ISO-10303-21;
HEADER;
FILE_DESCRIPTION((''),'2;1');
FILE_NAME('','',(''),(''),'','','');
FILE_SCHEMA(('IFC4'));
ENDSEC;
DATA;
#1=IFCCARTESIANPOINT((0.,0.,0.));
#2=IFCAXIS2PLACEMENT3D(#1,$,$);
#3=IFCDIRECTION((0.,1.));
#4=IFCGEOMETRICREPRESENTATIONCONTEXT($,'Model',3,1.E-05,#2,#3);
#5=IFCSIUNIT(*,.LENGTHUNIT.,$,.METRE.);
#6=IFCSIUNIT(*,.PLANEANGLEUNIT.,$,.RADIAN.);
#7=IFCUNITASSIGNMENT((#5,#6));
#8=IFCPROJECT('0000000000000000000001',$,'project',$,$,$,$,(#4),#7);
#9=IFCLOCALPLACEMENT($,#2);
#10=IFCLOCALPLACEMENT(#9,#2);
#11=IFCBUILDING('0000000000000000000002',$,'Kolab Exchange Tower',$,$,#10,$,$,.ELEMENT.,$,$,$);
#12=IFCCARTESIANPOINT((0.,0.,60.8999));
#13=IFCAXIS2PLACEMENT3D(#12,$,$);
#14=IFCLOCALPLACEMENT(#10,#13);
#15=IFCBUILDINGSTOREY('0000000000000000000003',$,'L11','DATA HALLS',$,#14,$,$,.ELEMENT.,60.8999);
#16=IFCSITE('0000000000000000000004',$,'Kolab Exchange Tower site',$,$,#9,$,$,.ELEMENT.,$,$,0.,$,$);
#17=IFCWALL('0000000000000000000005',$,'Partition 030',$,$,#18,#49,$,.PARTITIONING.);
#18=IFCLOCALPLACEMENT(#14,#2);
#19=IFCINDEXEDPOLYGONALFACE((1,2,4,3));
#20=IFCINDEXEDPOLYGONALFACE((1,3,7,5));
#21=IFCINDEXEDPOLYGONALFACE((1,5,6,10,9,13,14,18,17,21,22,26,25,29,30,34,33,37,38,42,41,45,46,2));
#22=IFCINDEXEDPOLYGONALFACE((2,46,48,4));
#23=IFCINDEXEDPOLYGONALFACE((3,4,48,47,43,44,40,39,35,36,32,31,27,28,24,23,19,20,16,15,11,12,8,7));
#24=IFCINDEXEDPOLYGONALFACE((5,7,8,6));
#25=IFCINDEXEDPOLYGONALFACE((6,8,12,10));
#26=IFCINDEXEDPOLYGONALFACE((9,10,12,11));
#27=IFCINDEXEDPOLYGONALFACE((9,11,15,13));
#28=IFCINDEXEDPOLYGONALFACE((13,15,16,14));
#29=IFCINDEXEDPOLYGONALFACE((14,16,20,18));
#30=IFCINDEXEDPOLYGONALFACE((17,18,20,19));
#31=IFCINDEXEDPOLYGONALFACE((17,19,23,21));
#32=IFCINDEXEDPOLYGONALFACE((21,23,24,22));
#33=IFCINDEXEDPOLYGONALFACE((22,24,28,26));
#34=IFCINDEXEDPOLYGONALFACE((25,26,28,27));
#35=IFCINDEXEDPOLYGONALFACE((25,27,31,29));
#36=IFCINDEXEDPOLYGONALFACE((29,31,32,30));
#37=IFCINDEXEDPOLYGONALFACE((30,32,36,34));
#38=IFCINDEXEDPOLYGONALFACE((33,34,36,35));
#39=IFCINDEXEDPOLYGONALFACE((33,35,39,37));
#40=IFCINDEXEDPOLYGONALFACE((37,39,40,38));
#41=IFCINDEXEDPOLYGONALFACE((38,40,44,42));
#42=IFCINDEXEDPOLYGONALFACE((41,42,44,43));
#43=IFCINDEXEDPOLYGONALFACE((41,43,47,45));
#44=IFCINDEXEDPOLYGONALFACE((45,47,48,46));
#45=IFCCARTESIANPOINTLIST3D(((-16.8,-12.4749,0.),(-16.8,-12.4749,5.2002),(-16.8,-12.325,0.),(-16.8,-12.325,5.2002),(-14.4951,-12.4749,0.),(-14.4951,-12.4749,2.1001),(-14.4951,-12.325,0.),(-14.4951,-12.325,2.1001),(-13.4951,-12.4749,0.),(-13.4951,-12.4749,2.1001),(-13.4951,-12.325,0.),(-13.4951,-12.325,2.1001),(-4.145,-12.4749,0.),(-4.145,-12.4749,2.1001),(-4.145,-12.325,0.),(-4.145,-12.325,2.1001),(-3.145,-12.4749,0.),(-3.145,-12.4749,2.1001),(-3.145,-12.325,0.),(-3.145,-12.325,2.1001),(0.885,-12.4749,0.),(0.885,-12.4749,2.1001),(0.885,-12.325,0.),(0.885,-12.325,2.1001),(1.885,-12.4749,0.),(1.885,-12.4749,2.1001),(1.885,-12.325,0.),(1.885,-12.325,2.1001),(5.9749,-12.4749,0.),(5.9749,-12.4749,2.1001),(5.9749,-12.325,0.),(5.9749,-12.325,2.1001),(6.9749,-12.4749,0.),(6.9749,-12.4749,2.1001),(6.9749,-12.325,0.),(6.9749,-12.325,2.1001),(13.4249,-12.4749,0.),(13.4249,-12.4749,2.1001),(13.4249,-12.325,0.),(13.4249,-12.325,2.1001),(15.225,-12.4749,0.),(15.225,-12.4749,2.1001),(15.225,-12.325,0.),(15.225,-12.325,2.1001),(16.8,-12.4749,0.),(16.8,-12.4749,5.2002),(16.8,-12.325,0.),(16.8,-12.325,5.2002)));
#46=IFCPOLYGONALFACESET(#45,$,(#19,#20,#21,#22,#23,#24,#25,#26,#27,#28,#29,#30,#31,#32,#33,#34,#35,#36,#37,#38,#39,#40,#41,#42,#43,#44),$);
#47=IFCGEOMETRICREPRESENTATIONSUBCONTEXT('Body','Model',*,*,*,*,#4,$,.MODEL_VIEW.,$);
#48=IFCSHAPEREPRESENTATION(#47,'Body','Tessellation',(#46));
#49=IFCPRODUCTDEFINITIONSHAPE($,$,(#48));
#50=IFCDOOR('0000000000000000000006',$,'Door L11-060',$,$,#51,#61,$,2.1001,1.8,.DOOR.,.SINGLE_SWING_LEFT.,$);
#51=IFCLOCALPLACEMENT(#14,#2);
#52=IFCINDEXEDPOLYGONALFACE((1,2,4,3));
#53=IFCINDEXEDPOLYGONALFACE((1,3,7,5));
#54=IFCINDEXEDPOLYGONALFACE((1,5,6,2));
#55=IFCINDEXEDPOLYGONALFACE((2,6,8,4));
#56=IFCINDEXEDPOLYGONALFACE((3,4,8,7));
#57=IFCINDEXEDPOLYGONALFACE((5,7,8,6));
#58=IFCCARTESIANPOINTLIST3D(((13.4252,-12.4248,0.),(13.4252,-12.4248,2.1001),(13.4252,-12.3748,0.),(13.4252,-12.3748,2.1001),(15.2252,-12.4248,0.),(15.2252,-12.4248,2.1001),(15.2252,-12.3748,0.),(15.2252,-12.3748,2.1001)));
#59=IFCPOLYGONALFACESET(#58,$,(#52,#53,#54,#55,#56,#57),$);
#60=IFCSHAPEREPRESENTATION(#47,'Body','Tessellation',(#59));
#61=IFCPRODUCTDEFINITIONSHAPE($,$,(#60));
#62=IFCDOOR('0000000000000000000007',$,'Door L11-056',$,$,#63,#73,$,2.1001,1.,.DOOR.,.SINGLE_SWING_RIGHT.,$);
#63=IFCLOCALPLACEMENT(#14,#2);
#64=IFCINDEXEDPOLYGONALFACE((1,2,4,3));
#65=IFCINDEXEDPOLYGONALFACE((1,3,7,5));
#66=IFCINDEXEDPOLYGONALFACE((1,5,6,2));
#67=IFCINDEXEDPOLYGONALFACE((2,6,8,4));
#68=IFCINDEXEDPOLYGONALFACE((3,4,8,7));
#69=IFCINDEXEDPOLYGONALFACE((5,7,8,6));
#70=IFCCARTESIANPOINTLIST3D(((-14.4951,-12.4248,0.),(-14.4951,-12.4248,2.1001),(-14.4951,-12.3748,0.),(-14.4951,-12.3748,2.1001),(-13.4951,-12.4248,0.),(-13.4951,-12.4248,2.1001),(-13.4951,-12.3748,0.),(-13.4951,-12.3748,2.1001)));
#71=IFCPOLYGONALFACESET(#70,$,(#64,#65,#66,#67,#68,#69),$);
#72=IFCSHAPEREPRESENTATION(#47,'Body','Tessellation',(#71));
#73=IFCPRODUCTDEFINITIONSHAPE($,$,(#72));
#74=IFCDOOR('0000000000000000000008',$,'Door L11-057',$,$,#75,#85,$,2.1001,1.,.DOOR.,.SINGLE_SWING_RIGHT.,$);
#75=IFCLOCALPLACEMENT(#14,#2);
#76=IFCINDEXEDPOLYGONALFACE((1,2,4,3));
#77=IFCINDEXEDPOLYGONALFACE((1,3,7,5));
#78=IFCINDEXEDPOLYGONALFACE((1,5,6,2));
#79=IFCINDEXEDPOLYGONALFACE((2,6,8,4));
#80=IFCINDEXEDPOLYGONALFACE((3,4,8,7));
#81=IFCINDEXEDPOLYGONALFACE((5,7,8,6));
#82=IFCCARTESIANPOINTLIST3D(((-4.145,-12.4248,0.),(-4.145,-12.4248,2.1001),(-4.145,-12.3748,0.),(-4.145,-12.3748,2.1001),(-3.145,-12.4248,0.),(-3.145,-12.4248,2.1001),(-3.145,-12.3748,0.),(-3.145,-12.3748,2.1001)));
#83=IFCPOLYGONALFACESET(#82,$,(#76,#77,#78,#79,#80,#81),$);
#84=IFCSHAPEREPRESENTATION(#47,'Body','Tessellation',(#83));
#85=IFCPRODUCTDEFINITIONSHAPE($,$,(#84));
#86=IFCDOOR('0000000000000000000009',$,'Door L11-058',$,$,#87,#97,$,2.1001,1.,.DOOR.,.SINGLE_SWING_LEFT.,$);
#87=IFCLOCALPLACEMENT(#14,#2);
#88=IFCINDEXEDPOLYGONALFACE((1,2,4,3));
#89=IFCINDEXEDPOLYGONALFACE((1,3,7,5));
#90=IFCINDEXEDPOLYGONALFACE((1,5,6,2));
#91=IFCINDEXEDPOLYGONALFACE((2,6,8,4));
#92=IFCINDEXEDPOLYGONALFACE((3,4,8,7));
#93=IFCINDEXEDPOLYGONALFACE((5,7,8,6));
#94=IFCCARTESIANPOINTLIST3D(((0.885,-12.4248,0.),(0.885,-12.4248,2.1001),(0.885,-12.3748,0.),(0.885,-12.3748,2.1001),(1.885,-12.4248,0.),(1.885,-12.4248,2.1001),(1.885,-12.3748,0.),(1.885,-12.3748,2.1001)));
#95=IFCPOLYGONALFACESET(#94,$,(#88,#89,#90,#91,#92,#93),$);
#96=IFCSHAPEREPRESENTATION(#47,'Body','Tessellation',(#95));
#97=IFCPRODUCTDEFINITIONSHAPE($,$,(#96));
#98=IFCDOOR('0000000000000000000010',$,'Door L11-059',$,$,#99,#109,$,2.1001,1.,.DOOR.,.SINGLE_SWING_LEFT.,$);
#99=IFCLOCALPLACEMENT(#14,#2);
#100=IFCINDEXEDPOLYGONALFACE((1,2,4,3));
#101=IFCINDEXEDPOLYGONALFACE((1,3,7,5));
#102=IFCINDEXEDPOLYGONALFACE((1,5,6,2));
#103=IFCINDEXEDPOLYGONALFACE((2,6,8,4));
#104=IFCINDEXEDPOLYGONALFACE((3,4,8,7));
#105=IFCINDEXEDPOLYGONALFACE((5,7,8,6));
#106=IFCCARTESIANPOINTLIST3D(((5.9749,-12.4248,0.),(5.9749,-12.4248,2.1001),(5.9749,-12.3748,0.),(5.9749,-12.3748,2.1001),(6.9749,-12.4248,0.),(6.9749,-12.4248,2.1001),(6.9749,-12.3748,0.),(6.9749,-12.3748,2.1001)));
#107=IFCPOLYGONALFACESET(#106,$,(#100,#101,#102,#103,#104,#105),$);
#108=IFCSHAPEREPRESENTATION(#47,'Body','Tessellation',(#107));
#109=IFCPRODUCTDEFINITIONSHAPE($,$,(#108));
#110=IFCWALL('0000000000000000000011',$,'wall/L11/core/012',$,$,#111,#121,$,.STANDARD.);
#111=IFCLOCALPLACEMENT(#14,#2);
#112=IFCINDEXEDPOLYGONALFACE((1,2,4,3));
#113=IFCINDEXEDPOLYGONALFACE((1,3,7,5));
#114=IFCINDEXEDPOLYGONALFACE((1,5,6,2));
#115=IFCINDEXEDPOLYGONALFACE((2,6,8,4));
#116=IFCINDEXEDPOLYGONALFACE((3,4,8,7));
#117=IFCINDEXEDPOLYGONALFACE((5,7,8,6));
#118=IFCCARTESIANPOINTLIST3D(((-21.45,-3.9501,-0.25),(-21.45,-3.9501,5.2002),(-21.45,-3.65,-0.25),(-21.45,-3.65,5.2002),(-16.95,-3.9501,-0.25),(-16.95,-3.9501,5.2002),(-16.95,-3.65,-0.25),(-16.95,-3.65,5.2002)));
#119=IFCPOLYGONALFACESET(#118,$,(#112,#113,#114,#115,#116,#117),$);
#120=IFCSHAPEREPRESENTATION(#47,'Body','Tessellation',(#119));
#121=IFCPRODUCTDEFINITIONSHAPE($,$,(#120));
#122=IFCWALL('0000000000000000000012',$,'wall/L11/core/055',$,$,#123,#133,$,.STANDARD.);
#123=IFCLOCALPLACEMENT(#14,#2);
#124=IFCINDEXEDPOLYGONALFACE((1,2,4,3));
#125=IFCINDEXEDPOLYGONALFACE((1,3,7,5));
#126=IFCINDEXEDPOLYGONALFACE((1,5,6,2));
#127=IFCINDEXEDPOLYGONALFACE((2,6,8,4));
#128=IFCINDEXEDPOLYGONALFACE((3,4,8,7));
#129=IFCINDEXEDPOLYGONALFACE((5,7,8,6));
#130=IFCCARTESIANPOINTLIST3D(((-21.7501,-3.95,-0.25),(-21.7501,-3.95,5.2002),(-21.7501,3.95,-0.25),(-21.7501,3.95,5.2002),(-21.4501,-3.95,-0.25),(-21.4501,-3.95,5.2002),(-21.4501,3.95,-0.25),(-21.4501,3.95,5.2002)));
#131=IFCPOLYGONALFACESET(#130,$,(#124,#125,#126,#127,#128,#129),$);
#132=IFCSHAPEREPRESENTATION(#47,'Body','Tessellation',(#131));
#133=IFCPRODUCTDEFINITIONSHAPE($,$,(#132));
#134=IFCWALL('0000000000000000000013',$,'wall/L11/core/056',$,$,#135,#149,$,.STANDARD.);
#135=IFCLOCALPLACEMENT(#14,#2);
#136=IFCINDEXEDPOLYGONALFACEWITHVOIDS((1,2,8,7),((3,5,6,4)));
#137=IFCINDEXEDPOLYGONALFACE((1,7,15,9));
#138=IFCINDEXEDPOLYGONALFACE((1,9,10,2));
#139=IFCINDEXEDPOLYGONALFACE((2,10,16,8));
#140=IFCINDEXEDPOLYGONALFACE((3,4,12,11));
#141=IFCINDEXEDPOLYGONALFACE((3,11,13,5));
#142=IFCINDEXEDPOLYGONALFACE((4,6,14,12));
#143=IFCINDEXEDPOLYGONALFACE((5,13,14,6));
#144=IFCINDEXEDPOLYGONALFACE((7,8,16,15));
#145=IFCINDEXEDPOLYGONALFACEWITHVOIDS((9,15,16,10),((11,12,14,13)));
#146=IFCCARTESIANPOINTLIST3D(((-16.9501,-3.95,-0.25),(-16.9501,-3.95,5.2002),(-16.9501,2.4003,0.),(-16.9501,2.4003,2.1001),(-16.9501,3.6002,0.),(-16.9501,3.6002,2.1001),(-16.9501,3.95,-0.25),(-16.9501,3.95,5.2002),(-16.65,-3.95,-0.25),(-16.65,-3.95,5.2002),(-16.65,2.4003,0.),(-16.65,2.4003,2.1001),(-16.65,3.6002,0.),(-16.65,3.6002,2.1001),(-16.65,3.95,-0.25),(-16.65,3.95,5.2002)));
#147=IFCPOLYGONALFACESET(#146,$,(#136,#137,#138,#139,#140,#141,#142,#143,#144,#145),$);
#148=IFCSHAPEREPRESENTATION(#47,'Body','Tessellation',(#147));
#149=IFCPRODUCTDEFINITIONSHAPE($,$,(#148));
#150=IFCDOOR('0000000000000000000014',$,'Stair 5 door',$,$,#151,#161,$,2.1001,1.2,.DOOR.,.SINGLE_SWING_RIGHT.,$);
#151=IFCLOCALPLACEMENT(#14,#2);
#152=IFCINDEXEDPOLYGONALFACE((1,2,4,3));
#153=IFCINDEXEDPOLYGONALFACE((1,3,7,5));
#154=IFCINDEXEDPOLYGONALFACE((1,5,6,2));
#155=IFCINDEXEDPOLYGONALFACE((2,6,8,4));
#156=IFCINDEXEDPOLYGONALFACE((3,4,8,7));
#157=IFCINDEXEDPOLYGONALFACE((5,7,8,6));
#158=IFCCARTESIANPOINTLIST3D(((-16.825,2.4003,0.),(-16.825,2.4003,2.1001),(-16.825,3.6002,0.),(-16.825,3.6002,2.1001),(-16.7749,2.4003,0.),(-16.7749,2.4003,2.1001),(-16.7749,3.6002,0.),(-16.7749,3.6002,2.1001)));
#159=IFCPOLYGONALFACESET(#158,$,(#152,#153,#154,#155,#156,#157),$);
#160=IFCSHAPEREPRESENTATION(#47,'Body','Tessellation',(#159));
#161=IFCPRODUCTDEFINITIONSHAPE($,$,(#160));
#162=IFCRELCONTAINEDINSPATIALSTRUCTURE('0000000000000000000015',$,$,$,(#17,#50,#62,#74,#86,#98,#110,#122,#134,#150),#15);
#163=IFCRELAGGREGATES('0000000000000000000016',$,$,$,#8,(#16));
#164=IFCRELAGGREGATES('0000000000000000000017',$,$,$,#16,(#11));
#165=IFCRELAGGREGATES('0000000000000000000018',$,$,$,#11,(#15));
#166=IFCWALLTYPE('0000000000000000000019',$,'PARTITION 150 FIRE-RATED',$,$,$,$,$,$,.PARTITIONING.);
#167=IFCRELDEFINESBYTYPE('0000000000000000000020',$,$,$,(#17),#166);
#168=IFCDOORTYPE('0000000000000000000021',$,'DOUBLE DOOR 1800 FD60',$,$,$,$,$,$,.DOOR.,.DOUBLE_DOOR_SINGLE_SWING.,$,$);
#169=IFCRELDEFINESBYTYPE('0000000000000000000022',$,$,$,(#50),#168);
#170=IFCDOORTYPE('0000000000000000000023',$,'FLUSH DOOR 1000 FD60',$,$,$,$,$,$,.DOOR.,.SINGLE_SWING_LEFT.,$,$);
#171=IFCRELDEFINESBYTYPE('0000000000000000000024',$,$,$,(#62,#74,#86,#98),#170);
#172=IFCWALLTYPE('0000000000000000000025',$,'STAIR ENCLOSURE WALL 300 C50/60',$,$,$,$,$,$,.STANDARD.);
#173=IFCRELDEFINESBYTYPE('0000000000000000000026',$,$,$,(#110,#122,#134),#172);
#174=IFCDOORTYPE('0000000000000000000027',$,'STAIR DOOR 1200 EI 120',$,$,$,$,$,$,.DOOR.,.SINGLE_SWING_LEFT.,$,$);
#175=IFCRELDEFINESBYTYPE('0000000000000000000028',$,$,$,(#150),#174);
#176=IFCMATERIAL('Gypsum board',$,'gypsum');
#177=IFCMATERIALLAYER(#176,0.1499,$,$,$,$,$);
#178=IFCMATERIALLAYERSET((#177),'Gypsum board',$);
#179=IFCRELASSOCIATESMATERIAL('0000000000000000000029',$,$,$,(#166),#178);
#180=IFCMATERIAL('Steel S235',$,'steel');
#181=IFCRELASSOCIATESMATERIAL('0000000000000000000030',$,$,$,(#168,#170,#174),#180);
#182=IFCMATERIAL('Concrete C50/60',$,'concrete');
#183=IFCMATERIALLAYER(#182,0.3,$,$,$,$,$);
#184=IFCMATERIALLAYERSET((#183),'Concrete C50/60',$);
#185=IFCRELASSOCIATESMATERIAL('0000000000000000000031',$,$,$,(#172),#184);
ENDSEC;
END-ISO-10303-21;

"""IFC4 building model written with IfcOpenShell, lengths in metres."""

from ifc_helpers import new_model, si_unit, direction, frame, frame_2d, origin, place, context, subcontext, project, spatial, rectangle, extrude, material, layer, layer_set, type_object, element, fill, save


model = new_model("IFC4")

# Units and contexts
model_context = context("Model", 3, precision=1e-05, world=origin(), true_north=direction((0.0, 1.0)))
body_context = subcontext(model_context, "Body", "Model", "MODEL_VIEW")
ifc_project = project(units=[si_unit("LENGTHUNIT", "METRE"), si_unit("PLANEANGLEUNIT", "RADIAN")], contexts=[model_context])

# Site, building, storey
site_placement = place(None, origin())
site = spatial("IfcSite", under=ifc_project, at=site_placement, Name="Kolab Exchange Tower site", CompositionType="ELEMENT", RefElevation=0.0)
building_placement = place(site_placement, origin())
building = spatial("IfcBuilding", under=site, at=building_placement, Name="Kolab Exchange Tower", CompositionType="ELEMENT")
storey_placement = place(building_placement, frame((0.0, 0.0, 60.8999)))
storey = spatial("IfcBuildingStorey", under=building, at=storey_placement, Name="L11", Description="DATA HALLS", CompositionType="ELEMENT", Elevation=60.8999)

# Shared definitions
ifc_material_1 = material(Name="Gypsum board", Category="gypsum")

# Shared definitions
ifc_layer_1 = layer(ifc_material_1, 0.1499)
ifc_layer_set_1 = layer_set([ifc_layer_1], Name="Gypsum board")
wall_type_1 = type_object("IfcWallType", Name="PARTITION 150 FIRE-RATED", PredefinedType="PARTITIONING", material=ifc_layer_set_1)
ifc_material_2 = material(Name="Steel S235", Category="steel")
door_type_1 = type_object("IfcDoorType", Name="DOUBLE DOOR 1800 FD60", OperationType="DOUBLE_DOOR_SINGLE_SWING", PredefinedType="DOOR", material=ifc_material_2)

# Wall, openings, doors
wall_1_placement = place(storey_placement, frame((-16.8, -12.3999, 0.0), z_axis=(0.0, 0.0, 1.0), x_axis=(1.0, 0.0, 0.0)))
wall_1 = element("IfcWall", 1, at=wall_1_placement, inside=storey, type_object=wall_type_1, Name="Partition 030", PredefinedType="PARTITIONING", context=body_context, shape_type="SweptSolid", body=[
    extrude(rectangle(XDim=33.6001, YDim=0.1499, at=frame_2d((16.8, 0.0))), origin(), (0.0, 0.0, 1.0), 5.2002),
])
opening_1_placement = place(wall_1_placement, frame((2.3049, 0.0, 0.0)))
opening_1 = element("IfcOpeningElement", 2, at=opening_1_placement, cuts=wall_1, PredefinedType="OPENING", context=body_context, shape_type="SweptSolid", body=[
    extrude(rectangle(XDim=1.0, YDim=2.1001, at=frame_2d((0.5, 1.05))), frame((0.0, 0.085, 0.0), z_axis=(0.0, -1.0, 0.0), x_axis=(1.0, 0.0, 0.0)), (0.0, 0.0, 1.0), 0.1699),
])
opening_2_placement = place(wall_1_placement, frame((12.655, 0.0, 0.0)))
opening_2 = element("IfcOpeningElement", 3, at=opening_2_placement, cuts=wall_1, PredefinedType="OPENING", context=body_context, shape_type="SweptSolid", body=[
    extrude(rectangle(XDim=1.0, YDim=2.1001, at=frame_2d((0.5, 1.05))), frame((0.0, 0.085, 0.0), z_axis=(0.0, -1.0, 0.0), x_axis=(1.0, 0.0, 0.0)), (0.0, 0.0, 1.0), 0.1699),
])
opening_3_placement = place(wall_1_placement, frame((17.6851, 0.0, 0.0)))
opening_3 = element("IfcOpeningElement", 4, at=opening_3_placement, cuts=wall_1, PredefinedType="OPENING", context=body_context, shape_type="SweptSolid", body=[
    extrude(rectangle(XDim=1.0, YDim=2.1001, at=frame_2d((0.5, 1.05))), frame((0.0, 0.085, 0.0), z_axis=(0.0, -1.0, 0.0), x_axis=(1.0, 0.0, 0.0)), (0.0, 0.0, 1.0), 0.1699),
])
opening_4_placement = place(wall_1_placement, frame((22.7749, 0.0, 0.0)))
opening_4 = element("IfcOpeningElement", 5, at=opening_4_placement, cuts=wall_1, PredefinedType="OPENING", context=body_context, shape_type="SweptSolid", body=[
    extrude(rectangle(XDim=1.0, YDim=2.1001, at=frame_2d((0.5, 1.05))), frame((0.0, 0.085, 0.0), z_axis=(0.0, -1.0, 0.0), x_axis=(1.0, 0.0, 0.0)), (0.0, 0.0, 1.0), 0.1699),
])
opening_5_placement = place(wall_1_placement, frame((30.2251, 0.0, 0.0)))
opening_5 = element("IfcOpeningElement", 6, at=opening_5_placement, cuts=wall_1, PredefinedType="OPENING", context=body_context, shape_type="SweptSolid", body=[
    extrude(rectangle(XDim=1.8, YDim=2.1001, at=frame_2d((0.8999, 1.05))), frame((0.0, 0.085, 0.0), z_axis=(0.0, -1.0, 0.0), x_axis=(1.0, 0.0, 0.0)), (0.0, 0.0, 1.0), 0.1699),
])
door_1_placement = place(opening_5_placement, frame((1.8, 0.0, 0.0), z_axis=(0.0, 0.0, 1.0), x_axis=(-1.0, 0.0, 0.0)))
door_1 = element("IfcDoor", 7, at=door_1_placement, inside=storey, type_object=door_type_1, Name="Door L11-060", OperationType="SINGLE_SWING_LEFT", OverallHeight=2.1001, OverallWidth=1.8, PredefinedType="DOOR", context=body_context, shape_type="SweptSolid", body=[
    extrude(rectangle(XDim=1.8, YDim=2.1001, at=frame_2d((0.8999, 1.05))), frame((0.0, 0.0249, 0.0), z_axis=(0.0, -1.0, 0.0), x_axis=(1.0, 0.0, 0.0)), (0.0, 0.0, 1.0), 0.05),
])
fill(opening_5, door_1)
door_type_2 = type_object("IfcDoorType", Name="FLUSH DOOR 1000 FD60", OperationType="SINGLE_SWING_LEFT", PredefinedType="DOOR", material=ifc_material_2)
door_2_placement = place(opening_1_placement, frame((1.0, 0.0, 0.0), z_axis=(0.0, 0.0, 1.0), x_axis=(-1.0, 0.0, 0.0)))
door_2 = element("IfcDoor", 8, at=door_2_placement, inside=storey, type_object=door_type_2, Name="Door L11-056", OperationType="SINGLE_SWING_RIGHT", OverallHeight=2.1001, OverallWidth=1.0, PredefinedType="DOOR", context=body_context, shape_type="SweptSolid", body=[
    extrude(rectangle(XDim=1.0, YDim=2.1001, at=frame_2d((0.5, 1.05))), frame((0.0, 0.0249, 0.0), z_axis=(0.0, -1.0, 0.0), x_axis=(1.0, 0.0, 0.0)), (0.0, 0.0, 1.0), 0.05),
])
fill(opening_1, door_2)
door_3_placement = place(opening_2_placement, frame((1.0, 0.0, 0.0), z_axis=(0.0, 0.0, 1.0), x_axis=(-1.0, 0.0, 0.0)))
door_3 = element("IfcDoor", 9, at=door_3_placement, inside=storey, type_object=door_type_2, Name="Door L11-057", OperationType="SINGLE_SWING_RIGHT", OverallHeight=2.1001, OverallWidth=1.0, PredefinedType="DOOR", context=body_context, shape_type="SweptSolid", body=[
    extrude(rectangle(XDim=1.0, YDim=2.1001, at=frame_2d((0.5, 1.05))), frame((0.0, 0.0249, 0.0), z_axis=(0.0, -1.0, 0.0), x_axis=(1.0, 0.0, 0.0)), (0.0, 0.0, 1.0), 0.05),
])
fill(opening_2, door_3)
door_4_placement = place(opening_3_placement, frame((1.0, 0.0, 0.0), z_axis=(0.0, 0.0, 1.0), x_axis=(-1.0, 0.0, 0.0)))
door_4 = element("IfcDoor", 10, at=door_4_placement, inside=storey, type_object=door_type_2, Name="Door L11-058", OperationType="SINGLE_SWING_LEFT", OverallHeight=2.1001, OverallWidth=1.0, PredefinedType="DOOR", context=body_context, shape_type="SweptSolid", body=[
    extrude(rectangle(XDim=1.0, YDim=2.1001, at=frame_2d((0.5, 1.05))), frame((0.0, 0.0249, 0.0), z_axis=(0.0, -1.0, 0.0), x_axis=(1.0, 0.0, 0.0)), (0.0, 0.0, 1.0), 0.05),
])
fill(opening_3, door_4)
door_5_placement = place(opening_4_placement, frame((1.0, 0.0, 0.0), z_axis=(0.0, 0.0, 1.0), x_axis=(-1.0, 0.0, 0.0)))
door_5 = element("IfcDoor", 11, at=door_5_placement, inside=storey, type_object=door_type_2, Name="Door L11-059", OperationType="SINGLE_SWING_LEFT", OverallHeight=2.1001, OverallWidth=1.0, PredefinedType="DOOR", context=body_context, shape_type="SweptSolid", body=[
    extrude(rectangle(XDim=1.0, YDim=2.1001, at=frame_2d((0.5, 1.05))), frame((0.0, 0.0249, 0.0), z_axis=(0.0, -1.0, 0.0), x_axis=(1.0, 0.0, 0.0)), (0.0, 0.0, 1.0), 0.05),
])
fill(opening_4, door_5)

# Walls
ifc_material_3 = material(Name="Concrete C50/60", Category="concrete")
ifc_layer_2 = layer(ifc_material_3, 0.3)
ifc_layer_set_2 = layer_set([ifc_layer_2], Name="Concrete C50/60")
wall_type_2 = type_object("IfcWallType", Name="STAIR ENCLOSURE WALL 300 C50/60", PredefinedType="STANDARD", material=ifc_layer_set_2)
wall_2_placement = place(storey_placement, frame((-21.45, -3.8, -0.25), z_axis=(0.0, 0.0, 1.0), x_axis=(1.0, 0.0, 0.0)))
element("IfcWall", 12, at=wall_2_placement, inside=storey, type_object=wall_type_2, Name="wall/L11/core/012", PredefinedType="STANDARD", context=body_context, shape_type="SweptSolid", body=[
    extrude(rectangle(XDim=4.5, YDim=0.3, at=frame_2d((2.25, 0.0))), origin(), (0.0, 0.0, 1.0), 5.4502),
])
wall_3_placement = place(storey_placement, frame((-21.6001, -3.95, -0.25), z_axis=(0.0, 0.0, 1.0), x_axis=(0.0, 1.0, 0.0)))
element("IfcWall", 13, at=wall_3_placement, inside=storey, type_object=wall_type_2, Name="wall/L11/core/055", PredefinedType="STANDARD", context=body_context, shape_type="SweptSolid", body=[
    extrude(rectangle(XDim=7.8999, YDim=0.3, at=frame_2d((3.95, 0.0))), origin(), (0.0, 0.0, 1.0), 5.4502),
])

# Wall, opening, door
wall_4_placement = place(storey_placement, frame((-16.8, -3.95, -0.25), z_axis=(0.0, 0.0, 1.0), x_axis=(0.0, 1.0, 0.0)))
wall_4 = element("IfcWall", 14, at=wall_4_placement, inside=storey, type_object=wall_type_2, Name="wall/L11/core/056", PredefinedType="STANDARD", context=body_context, shape_type="SweptSolid", body=[
    extrude(rectangle(XDim=7.8999, YDim=0.3, at=frame_2d((3.95, 0.0))), origin(), (0.0, 0.0, 1.0), 5.4502),
])
opening_6_placement = place(wall_4_placement, frame((6.3501, 0.0, 0.25)))
opening_6 = element("IfcOpeningElement", 15, at=opening_6_placement, cuts=wall_4, PredefinedType="OPENING", context=body_context, shape_type="SweptSolid", body=[
    extrude(rectangle(XDim=1.2, YDim=2.1001, at=frame_2d((0.6001, 1.05))), frame((0.0, 0.1602, 0.0), z_axis=(0.0, -1.0, 0.0), x_axis=(1.0, 0.0, 0.0)), (0.0, 0.0, 1.0), 0.3201),
])
door_type_3 = type_object("IfcDoorType", Name="STAIR DOOR 1200 EI 120", OperationType="SINGLE_SWING_LEFT", PredefinedType="DOOR", material=ifc_material_2)
door_6_placement = place(opening_6_placement, origin())
door_6 = element("IfcDoor", 16, at=door_6_placement, inside=storey, type_object=door_type_3, Name="Stair 5 door", OperationType="SINGLE_SWING_RIGHT", OverallHeight=2.1001, OverallWidth=1.2, PredefinedType="DOOR", context=body_context, shape_type="SweptSolid", body=[
    extrude(rectangle(XDim=1.2, YDim=2.1001, at=frame_2d((0.6001, 1.05))), frame((0.0, 0.0249, 0.0), z_axis=(0.0, -1.0, 0.0), x_axis=(1.0, 0.0, 0.0)), (0.0, 0.0, 1.0), 0.05),
])
fill(opening_6, door_6)

save(model, "model.ifc")
